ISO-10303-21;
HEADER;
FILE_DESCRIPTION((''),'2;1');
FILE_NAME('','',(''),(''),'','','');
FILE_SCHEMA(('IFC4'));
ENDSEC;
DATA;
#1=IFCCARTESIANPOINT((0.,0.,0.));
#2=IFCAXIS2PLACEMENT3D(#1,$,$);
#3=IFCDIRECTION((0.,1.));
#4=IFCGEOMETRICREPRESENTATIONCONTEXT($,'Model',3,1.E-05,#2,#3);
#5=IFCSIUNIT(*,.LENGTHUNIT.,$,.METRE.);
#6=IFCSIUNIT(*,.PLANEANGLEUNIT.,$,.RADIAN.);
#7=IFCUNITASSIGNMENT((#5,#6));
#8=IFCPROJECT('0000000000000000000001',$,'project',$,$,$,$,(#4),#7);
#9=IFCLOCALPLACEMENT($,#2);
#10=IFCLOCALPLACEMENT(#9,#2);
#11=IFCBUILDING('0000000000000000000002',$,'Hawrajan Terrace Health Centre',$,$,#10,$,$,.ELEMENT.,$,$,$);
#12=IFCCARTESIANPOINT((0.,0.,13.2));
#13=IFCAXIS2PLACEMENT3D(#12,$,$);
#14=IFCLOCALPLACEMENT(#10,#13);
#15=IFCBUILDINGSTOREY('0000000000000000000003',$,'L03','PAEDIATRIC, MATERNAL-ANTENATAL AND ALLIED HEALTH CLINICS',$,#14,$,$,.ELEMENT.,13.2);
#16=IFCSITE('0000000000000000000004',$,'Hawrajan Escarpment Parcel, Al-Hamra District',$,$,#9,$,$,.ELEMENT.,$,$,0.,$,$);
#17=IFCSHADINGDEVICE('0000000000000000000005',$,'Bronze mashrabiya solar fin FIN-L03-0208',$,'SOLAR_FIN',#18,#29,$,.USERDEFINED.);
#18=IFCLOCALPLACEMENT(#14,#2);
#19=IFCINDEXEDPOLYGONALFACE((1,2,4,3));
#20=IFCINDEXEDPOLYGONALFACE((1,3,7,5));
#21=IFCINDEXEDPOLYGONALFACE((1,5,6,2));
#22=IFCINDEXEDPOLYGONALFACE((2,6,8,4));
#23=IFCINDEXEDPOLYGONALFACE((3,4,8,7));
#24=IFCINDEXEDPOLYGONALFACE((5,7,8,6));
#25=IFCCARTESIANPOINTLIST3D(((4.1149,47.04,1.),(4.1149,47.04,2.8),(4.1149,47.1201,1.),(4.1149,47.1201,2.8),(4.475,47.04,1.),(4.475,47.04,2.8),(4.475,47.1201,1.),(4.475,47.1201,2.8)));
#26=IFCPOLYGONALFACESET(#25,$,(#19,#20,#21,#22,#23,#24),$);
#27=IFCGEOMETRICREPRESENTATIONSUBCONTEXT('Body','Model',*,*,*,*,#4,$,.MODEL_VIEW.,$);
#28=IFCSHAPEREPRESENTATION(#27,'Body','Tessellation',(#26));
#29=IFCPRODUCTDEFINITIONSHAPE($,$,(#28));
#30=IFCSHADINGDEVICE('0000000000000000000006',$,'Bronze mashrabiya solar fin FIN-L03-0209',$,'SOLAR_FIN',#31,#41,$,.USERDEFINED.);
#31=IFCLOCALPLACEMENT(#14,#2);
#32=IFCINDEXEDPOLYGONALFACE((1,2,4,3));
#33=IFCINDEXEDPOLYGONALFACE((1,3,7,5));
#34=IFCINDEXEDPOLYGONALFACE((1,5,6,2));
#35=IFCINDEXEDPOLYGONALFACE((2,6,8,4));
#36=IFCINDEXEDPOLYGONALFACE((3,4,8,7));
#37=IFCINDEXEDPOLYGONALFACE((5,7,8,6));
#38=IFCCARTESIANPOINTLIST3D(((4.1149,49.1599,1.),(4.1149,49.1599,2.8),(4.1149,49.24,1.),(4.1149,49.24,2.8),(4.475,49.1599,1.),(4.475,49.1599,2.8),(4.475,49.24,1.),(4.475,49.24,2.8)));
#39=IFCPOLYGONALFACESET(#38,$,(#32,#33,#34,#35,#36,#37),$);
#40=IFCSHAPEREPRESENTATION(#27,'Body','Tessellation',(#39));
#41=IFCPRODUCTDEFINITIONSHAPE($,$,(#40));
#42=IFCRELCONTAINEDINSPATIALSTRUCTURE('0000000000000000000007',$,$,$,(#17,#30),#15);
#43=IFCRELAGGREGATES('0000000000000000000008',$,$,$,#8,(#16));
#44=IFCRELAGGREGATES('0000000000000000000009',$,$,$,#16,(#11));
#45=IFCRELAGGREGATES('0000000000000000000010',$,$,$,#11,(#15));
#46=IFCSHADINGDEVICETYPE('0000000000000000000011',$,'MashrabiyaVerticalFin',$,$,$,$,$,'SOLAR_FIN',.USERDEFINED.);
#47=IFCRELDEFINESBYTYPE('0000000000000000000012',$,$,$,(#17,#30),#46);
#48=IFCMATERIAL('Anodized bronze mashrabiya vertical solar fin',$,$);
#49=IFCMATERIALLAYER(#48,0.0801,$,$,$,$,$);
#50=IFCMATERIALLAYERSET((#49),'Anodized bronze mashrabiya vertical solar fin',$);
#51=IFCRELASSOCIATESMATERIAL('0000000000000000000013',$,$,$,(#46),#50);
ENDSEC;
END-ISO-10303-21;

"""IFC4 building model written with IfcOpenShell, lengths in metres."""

from ifc_helpers import new_model, si_unit, direction, frame, origin, origin_2d, place, context, subcontext, project, spatial, rectangle, extrude, material, layer, layer_set, type_object, element, save


model = new_model("IFC4")

# Units and contexts
model_context = context("Model", 3, precision=1e-05, world=origin(), true_north=direction((0.0, 1.0)))
body_context = subcontext(model_context, "Body", "Model", "MODEL_VIEW")
ifc_project = project(units=[si_unit("LENGTHUNIT", "METRE"), si_unit("PLANEANGLEUNIT", "RADIAN")], contexts=[model_context])

# Site, building, storey
site_placement = place(None, origin())
site = spatial("IfcSite", under=ifc_project, at=site_placement, Name="Hawrajan Escarpment Parcel, Al-Hamra District", CompositionType="ELEMENT", RefElevation=0.0)
building_placement = place(site_placement, origin())
building = spatial("IfcBuilding", under=site, at=building_placement, Name="Hawrajan Terrace Health Centre", CompositionType="ELEMENT")
storey_placement = place(building_placement, frame((0.0, 0.0, 13.2)))
storey = spatial("IfcBuildingStorey", under=building, at=storey_placement, Name="L03", Description="PAEDIATRIC, MATERNAL-ANTENATAL AND ALLIED HEALTH CLINICS", CompositionType="ELEMENT", Elevation=13.2)

# Shading devices
ifc_material_1 = material(Name="Anodized bronze mashrabiya vertical solar fin")
ifc_layer_1 = layer(ifc_material_1, 0.0801)
ifc_layer_set_1 = layer_set([ifc_layer_1], Name="Anodized bronze mashrabiya vertical solar fin")
shading_device_type = type_object("IfcShadingDeviceType", Name="MashrabiyaVerticalFin", ElementType="SOLAR_FIN", PredefinedType="USERDEFINED", material=ifc_layer_set_1)
for number, where, z_axis, x_axis, name in (
    (1, (4.2949, 47.0801, 1.0), (0.0, 0.0, 1.0), (0.0, 1.0, 0.0), "Bronze mashrabiya solar fin FIN-L03-0208"),
    (2, (4.2949, 49.2, 1.0), (0.0, 0.0, 1.0), (0.0, 1.0, 0.0), "Bronze mashrabiya solar fin FIN-L03-0209"),
):
    element("IfcShadingDevice", number, at=place(storey_placement, frame(where, z_axis=z_axis, x_axis=x_axis)), inside=storey, type_object=shading_device_type, Name=name, ObjectType="SOLAR_FIN", PredefinedType="USERDEFINED", context=body_context, shape_type="SweptSolid", body=[
        extrude(rectangle(XDim=0.0801, YDim=0.3601, at=origin_2d()), origin(), (0.0, 0.0, 1.0), 1.8),
    ])

save(model, "model.ifc")
